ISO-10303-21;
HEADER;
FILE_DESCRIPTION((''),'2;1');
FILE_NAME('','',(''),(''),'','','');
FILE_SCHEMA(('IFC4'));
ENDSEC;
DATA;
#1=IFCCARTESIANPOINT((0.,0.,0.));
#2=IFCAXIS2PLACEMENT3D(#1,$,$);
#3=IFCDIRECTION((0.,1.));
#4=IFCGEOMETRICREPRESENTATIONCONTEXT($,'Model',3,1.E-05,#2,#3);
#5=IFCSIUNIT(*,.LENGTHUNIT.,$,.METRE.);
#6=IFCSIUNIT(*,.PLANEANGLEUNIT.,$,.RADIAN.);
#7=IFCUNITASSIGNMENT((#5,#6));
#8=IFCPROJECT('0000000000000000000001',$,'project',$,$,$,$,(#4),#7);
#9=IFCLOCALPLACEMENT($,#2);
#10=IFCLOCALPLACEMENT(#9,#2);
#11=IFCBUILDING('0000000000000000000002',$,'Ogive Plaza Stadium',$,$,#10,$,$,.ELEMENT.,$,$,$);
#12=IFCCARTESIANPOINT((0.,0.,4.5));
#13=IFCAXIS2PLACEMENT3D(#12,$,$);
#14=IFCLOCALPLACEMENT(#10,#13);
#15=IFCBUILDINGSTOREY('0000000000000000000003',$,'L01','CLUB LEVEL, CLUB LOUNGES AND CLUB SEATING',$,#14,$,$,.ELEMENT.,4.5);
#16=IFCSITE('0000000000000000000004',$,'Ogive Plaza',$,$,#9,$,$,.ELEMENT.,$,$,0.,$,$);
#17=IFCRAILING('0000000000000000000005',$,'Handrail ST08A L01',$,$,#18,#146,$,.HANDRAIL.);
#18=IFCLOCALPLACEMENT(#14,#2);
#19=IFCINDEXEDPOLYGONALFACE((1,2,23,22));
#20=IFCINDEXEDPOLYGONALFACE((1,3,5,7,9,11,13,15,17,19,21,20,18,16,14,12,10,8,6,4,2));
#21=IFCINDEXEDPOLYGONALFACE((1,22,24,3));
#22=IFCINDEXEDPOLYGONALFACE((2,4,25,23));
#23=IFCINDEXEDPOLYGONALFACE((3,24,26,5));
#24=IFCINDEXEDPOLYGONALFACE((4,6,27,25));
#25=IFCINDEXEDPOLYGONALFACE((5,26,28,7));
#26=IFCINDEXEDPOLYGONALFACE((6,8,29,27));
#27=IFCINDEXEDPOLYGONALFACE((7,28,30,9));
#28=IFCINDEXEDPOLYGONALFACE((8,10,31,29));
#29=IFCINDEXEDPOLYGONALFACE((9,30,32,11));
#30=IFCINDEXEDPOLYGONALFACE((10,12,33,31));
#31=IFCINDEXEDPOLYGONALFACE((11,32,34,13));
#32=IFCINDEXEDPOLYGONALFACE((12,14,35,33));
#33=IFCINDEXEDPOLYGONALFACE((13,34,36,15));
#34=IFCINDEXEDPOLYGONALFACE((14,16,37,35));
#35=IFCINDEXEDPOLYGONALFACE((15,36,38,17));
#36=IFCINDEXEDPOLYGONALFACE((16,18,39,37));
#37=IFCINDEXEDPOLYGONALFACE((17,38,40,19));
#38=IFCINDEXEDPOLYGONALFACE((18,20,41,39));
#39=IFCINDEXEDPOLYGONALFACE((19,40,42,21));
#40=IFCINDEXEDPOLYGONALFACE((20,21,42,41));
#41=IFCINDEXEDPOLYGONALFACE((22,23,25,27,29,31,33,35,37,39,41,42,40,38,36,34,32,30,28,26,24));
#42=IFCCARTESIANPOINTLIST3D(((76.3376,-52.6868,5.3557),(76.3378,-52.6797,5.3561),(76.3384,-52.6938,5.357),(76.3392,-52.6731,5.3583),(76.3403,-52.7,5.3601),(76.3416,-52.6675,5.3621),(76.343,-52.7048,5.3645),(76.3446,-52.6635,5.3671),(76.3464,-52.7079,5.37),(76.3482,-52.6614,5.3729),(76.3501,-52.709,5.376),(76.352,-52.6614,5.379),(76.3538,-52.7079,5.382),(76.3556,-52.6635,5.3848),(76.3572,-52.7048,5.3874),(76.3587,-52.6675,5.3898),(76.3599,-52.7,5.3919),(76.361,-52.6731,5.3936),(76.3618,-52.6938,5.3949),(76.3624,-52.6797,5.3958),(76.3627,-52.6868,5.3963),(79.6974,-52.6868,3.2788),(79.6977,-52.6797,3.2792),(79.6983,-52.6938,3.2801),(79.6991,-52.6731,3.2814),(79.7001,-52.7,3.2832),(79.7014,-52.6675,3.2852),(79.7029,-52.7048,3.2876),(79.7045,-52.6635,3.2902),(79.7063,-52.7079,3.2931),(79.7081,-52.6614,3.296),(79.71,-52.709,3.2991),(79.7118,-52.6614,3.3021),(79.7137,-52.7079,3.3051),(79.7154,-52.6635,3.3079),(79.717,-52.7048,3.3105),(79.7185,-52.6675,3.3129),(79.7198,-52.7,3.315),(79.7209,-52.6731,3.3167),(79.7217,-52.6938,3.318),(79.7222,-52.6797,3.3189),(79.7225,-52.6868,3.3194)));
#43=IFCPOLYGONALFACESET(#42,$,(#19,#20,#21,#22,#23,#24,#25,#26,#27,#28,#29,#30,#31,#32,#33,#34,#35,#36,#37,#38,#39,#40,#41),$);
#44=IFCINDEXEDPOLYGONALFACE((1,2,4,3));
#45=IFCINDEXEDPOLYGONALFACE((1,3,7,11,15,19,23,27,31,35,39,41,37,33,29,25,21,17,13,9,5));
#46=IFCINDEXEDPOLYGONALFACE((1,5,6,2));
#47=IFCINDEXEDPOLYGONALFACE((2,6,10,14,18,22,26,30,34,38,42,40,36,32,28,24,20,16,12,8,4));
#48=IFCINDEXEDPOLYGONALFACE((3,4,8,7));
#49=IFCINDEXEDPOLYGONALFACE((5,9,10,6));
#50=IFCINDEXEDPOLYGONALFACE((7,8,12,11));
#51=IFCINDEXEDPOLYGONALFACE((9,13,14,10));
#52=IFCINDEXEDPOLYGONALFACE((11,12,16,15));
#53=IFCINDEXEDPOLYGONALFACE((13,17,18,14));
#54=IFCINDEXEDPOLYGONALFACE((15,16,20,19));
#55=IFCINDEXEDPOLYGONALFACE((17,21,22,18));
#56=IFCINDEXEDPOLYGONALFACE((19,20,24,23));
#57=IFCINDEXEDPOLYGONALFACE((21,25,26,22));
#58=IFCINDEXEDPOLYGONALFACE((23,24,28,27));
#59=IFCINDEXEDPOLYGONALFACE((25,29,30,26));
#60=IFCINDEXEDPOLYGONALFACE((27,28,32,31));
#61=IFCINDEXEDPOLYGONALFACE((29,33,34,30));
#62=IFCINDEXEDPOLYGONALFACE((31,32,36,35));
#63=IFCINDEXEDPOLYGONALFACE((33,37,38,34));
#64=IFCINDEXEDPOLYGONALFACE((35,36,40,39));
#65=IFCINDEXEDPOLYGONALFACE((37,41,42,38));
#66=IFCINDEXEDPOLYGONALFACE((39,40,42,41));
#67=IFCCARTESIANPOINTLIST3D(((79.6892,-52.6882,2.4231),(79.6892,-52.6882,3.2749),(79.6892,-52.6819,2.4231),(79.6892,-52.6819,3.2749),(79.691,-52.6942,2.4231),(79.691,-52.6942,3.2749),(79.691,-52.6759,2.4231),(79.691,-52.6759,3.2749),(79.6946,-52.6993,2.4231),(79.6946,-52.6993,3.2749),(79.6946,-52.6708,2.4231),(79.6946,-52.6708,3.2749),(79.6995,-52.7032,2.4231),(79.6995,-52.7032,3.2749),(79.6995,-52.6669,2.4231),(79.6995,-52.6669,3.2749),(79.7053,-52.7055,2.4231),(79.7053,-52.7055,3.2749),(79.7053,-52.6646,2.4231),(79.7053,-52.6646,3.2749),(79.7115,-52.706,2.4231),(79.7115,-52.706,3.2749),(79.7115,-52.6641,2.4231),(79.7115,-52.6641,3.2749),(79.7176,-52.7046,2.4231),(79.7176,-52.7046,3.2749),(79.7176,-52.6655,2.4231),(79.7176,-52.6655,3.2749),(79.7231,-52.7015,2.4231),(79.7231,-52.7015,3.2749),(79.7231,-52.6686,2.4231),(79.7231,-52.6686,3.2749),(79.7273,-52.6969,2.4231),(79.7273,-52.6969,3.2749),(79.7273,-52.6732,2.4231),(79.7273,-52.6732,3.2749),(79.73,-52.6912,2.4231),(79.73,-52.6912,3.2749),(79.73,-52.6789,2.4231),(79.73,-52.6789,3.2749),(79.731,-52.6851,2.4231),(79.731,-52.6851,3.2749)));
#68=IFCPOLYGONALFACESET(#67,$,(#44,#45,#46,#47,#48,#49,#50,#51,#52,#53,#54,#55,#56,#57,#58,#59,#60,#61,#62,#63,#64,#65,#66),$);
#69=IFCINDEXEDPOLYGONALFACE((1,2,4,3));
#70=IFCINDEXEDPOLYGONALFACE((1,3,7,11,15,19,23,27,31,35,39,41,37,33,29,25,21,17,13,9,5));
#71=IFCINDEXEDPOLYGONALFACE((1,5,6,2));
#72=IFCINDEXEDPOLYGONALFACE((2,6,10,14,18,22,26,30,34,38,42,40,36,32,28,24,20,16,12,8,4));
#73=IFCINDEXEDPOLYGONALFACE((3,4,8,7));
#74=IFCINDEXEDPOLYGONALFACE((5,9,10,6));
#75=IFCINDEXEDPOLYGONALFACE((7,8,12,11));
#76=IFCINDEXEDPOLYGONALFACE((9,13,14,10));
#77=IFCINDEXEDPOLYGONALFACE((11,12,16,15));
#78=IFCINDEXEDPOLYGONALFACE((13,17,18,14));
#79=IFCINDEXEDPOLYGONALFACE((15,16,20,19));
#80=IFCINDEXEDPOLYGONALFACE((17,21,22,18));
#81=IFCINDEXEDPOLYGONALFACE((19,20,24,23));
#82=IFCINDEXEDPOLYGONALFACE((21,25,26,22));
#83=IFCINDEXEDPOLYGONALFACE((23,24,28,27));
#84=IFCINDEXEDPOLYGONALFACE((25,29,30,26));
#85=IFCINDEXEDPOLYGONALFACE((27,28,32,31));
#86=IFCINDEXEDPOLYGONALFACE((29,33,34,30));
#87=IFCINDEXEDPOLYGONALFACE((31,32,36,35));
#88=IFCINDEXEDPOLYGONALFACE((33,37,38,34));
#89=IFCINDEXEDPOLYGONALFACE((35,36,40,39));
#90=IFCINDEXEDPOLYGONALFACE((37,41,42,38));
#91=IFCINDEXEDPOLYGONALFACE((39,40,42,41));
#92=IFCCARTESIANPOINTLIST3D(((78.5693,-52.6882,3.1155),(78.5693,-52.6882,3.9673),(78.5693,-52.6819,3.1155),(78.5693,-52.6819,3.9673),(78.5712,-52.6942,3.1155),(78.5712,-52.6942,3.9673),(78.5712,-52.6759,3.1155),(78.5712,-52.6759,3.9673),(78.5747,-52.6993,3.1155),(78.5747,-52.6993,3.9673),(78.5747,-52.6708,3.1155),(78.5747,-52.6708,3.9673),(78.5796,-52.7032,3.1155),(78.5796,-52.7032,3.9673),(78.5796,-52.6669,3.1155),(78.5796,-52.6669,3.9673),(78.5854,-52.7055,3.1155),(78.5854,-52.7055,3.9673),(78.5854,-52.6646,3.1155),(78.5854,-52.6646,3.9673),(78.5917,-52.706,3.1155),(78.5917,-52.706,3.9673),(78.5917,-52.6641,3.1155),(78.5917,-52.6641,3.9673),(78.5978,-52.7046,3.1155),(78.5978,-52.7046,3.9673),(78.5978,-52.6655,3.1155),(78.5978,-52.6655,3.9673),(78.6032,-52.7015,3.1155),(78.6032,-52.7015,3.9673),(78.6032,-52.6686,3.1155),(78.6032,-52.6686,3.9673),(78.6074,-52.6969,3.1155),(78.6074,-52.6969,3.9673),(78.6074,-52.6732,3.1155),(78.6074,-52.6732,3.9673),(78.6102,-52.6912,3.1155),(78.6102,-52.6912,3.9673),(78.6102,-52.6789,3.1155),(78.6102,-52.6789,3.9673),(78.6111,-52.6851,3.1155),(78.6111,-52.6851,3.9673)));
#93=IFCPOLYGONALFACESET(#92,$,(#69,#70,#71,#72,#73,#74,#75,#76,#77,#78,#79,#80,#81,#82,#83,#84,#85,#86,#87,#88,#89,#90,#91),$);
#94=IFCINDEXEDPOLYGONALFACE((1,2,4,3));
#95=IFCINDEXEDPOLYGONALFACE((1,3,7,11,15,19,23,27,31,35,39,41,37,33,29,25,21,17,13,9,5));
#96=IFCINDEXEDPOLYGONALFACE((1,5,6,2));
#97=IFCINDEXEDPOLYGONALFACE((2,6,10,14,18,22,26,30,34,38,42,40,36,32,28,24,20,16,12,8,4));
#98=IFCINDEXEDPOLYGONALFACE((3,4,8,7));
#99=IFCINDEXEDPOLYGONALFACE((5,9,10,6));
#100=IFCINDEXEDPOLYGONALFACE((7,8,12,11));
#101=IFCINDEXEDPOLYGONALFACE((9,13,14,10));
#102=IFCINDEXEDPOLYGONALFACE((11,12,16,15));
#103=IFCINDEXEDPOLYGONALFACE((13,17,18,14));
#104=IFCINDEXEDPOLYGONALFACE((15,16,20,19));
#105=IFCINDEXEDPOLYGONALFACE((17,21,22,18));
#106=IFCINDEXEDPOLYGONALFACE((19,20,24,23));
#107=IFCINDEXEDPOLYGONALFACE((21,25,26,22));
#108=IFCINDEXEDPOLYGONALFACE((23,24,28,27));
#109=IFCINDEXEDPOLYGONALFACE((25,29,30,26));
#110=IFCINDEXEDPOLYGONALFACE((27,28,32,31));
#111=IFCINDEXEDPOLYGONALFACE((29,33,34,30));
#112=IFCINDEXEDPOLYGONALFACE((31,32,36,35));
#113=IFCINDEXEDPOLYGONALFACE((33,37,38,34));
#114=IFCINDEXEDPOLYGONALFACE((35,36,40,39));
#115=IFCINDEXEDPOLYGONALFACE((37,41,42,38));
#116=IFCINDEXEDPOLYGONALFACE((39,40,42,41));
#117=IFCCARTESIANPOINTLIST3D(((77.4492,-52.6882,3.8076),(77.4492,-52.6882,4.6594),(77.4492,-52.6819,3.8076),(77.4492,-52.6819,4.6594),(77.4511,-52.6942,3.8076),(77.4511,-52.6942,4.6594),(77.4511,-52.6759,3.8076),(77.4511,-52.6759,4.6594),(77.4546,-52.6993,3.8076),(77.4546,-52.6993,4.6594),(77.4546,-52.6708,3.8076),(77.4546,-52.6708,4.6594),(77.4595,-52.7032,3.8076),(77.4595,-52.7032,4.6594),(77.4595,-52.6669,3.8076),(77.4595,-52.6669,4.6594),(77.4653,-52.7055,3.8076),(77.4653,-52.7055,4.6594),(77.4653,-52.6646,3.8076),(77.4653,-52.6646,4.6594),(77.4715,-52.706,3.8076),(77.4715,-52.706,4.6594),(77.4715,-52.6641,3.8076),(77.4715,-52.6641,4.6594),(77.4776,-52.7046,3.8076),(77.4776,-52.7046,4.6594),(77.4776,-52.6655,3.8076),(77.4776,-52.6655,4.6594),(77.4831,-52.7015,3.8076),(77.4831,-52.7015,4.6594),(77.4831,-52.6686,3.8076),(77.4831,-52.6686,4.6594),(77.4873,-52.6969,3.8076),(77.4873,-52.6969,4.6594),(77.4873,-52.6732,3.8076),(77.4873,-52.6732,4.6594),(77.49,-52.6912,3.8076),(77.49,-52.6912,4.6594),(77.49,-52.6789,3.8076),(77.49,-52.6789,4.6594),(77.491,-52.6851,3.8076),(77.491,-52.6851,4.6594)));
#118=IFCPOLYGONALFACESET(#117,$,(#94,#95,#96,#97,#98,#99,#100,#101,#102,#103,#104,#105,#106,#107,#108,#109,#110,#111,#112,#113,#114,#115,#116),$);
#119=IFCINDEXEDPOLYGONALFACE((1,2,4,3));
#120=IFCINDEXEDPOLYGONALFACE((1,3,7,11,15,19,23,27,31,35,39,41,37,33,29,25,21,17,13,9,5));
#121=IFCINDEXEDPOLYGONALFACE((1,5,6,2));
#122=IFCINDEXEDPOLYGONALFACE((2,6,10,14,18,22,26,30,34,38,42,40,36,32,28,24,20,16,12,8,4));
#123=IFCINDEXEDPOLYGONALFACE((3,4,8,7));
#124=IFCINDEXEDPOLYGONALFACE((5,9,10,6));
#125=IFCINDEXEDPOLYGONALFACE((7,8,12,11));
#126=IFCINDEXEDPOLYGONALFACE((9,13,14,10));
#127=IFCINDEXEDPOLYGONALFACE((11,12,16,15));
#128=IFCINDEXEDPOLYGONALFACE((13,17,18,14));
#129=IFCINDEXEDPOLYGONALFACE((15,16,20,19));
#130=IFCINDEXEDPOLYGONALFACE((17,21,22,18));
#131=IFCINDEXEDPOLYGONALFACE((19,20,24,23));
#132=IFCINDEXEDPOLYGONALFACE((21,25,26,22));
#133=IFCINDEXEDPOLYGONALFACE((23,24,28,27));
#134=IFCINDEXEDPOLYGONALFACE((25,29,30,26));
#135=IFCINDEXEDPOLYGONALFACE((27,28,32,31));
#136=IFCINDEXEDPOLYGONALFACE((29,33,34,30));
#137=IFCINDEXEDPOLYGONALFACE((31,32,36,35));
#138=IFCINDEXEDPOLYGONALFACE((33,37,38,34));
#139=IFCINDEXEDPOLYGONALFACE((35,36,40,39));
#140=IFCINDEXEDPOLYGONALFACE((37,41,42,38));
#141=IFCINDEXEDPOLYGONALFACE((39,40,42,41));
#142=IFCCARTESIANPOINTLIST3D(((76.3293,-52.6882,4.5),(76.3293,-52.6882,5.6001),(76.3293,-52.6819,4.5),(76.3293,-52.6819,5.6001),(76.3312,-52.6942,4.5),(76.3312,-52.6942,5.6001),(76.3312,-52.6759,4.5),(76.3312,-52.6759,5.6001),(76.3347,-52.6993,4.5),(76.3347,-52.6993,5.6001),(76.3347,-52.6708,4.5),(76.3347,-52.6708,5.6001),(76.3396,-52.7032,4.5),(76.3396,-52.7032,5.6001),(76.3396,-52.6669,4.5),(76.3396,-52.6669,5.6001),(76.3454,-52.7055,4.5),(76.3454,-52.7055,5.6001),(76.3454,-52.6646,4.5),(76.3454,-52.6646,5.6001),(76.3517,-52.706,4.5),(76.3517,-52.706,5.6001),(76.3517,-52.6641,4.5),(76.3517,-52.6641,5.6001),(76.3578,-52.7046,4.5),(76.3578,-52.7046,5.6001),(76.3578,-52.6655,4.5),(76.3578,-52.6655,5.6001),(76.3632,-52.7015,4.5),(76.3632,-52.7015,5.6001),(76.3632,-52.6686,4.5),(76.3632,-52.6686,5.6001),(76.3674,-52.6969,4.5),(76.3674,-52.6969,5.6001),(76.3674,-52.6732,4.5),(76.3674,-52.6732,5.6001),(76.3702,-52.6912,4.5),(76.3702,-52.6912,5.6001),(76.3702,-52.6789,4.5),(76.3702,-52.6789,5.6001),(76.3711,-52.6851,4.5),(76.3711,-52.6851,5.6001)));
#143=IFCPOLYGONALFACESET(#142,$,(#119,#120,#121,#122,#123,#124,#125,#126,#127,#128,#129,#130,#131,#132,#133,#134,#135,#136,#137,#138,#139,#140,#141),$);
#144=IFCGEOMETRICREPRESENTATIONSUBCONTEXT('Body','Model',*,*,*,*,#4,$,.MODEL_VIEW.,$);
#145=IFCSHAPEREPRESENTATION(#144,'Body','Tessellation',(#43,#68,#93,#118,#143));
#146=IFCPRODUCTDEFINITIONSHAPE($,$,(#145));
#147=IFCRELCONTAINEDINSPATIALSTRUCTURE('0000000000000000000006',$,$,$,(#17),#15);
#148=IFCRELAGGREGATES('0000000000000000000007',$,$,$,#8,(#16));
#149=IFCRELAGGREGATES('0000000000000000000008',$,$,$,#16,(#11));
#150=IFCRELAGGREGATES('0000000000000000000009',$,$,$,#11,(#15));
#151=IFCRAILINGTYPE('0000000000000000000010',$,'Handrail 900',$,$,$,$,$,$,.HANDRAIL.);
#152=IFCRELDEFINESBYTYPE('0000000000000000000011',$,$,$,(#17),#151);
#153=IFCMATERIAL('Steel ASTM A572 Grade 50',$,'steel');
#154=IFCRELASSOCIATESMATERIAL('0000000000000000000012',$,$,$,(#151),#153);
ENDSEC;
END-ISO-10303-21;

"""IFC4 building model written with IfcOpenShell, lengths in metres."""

from ifc_helpers import new_model, si_unit, direction, frame, origin, origin_2d, place, context, subcontext, project, spatial, circle, extrude, material, type_object, element, save


model = new_model("IFC4")

# Units and contexts
model_context = context("Model", 3, precision=1e-05, world=origin(), true_north=direction((0.0, 1.0)))
body_context = subcontext(model_context, "Body", "Model", "MODEL_VIEW")
ifc_project = project(units=[si_unit("LENGTHUNIT", "METRE"), si_unit("PLANEANGLEUNIT", "RADIAN")], contexts=[model_context])

# Site, building, storey
site_placement = place(None, origin())
site = spatial("IfcSite", under=ifc_project, at=site_placement, Name="Ogive Plaza", CompositionType="ELEMENT", RefElevation=0.0)
building_placement = place(site_placement, origin())
building = spatial("IfcBuilding", under=site, at=building_placement, Name="Ogive Plaza Stadium", CompositionType="ELEMENT")
storey_placement = place(building_placement, frame((0.0, 0.0, 4.5)))
storey = spatial("IfcBuildingStorey", under=building, at=storey_placement, Name="L01", Description="CLUB LEVEL, CLUB LOUNGES AND CLUB SEATING", CompositionType="ELEMENT", Elevation=4.5)

# Railing
ifc_material_1 = material(Name="Steel ASTM A572 Grade 50", Category="steel")
railing_type_1 = type_object("IfcRailingType", Name="Handrail 900", PredefinedType="HANDRAIL", material=ifc_material_1)
for number, where, name in (
    (1, (79.71, -52.6851, 2.4231), "Handrail ST08A L01"),
):
    element("IfcRailing", number, at=place(storey_placement, frame(where)), inside=storey, type_object=railing_type_1, Name=name, PredefinedType="HANDRAIL", context=body_context, shape_type="SweptSolid", body=[
        extrude(circle(Radius=0.0239, at=origin_2d()), frame((0.0, 0.0, 0.876), z_axis=(-0.850606, 0.0, 0.525803), x_axis=(0.0, -1.0, 0.0)), (0.0, 0.0, 1.0), 3.95),
        extrude(circle(Radius=0.021, at=origin_2d()), origin(), (0.0, 0.0, 1.0), 0.8518),
        extrude(circle(Radius=0.021, at=origin_2d()), frame((-1.1199, 0.0, 0.6924)), (0.0, 0.0, 1.0), 0.8518),
        extrude(circle(Radius=0.021, at=origin_2d()), frame((-2.24, 0.0, 1.3845)), (0.0, 0.0, 1.0), 0.8518),
        extrude(circle(Radius=0.021, at=origin_2d()), frame((-3.3599, 0.0, 2.0769)), (0.0, 0.0, 1.0), 1.1001),
    ])

save(model, "model.ifc")
